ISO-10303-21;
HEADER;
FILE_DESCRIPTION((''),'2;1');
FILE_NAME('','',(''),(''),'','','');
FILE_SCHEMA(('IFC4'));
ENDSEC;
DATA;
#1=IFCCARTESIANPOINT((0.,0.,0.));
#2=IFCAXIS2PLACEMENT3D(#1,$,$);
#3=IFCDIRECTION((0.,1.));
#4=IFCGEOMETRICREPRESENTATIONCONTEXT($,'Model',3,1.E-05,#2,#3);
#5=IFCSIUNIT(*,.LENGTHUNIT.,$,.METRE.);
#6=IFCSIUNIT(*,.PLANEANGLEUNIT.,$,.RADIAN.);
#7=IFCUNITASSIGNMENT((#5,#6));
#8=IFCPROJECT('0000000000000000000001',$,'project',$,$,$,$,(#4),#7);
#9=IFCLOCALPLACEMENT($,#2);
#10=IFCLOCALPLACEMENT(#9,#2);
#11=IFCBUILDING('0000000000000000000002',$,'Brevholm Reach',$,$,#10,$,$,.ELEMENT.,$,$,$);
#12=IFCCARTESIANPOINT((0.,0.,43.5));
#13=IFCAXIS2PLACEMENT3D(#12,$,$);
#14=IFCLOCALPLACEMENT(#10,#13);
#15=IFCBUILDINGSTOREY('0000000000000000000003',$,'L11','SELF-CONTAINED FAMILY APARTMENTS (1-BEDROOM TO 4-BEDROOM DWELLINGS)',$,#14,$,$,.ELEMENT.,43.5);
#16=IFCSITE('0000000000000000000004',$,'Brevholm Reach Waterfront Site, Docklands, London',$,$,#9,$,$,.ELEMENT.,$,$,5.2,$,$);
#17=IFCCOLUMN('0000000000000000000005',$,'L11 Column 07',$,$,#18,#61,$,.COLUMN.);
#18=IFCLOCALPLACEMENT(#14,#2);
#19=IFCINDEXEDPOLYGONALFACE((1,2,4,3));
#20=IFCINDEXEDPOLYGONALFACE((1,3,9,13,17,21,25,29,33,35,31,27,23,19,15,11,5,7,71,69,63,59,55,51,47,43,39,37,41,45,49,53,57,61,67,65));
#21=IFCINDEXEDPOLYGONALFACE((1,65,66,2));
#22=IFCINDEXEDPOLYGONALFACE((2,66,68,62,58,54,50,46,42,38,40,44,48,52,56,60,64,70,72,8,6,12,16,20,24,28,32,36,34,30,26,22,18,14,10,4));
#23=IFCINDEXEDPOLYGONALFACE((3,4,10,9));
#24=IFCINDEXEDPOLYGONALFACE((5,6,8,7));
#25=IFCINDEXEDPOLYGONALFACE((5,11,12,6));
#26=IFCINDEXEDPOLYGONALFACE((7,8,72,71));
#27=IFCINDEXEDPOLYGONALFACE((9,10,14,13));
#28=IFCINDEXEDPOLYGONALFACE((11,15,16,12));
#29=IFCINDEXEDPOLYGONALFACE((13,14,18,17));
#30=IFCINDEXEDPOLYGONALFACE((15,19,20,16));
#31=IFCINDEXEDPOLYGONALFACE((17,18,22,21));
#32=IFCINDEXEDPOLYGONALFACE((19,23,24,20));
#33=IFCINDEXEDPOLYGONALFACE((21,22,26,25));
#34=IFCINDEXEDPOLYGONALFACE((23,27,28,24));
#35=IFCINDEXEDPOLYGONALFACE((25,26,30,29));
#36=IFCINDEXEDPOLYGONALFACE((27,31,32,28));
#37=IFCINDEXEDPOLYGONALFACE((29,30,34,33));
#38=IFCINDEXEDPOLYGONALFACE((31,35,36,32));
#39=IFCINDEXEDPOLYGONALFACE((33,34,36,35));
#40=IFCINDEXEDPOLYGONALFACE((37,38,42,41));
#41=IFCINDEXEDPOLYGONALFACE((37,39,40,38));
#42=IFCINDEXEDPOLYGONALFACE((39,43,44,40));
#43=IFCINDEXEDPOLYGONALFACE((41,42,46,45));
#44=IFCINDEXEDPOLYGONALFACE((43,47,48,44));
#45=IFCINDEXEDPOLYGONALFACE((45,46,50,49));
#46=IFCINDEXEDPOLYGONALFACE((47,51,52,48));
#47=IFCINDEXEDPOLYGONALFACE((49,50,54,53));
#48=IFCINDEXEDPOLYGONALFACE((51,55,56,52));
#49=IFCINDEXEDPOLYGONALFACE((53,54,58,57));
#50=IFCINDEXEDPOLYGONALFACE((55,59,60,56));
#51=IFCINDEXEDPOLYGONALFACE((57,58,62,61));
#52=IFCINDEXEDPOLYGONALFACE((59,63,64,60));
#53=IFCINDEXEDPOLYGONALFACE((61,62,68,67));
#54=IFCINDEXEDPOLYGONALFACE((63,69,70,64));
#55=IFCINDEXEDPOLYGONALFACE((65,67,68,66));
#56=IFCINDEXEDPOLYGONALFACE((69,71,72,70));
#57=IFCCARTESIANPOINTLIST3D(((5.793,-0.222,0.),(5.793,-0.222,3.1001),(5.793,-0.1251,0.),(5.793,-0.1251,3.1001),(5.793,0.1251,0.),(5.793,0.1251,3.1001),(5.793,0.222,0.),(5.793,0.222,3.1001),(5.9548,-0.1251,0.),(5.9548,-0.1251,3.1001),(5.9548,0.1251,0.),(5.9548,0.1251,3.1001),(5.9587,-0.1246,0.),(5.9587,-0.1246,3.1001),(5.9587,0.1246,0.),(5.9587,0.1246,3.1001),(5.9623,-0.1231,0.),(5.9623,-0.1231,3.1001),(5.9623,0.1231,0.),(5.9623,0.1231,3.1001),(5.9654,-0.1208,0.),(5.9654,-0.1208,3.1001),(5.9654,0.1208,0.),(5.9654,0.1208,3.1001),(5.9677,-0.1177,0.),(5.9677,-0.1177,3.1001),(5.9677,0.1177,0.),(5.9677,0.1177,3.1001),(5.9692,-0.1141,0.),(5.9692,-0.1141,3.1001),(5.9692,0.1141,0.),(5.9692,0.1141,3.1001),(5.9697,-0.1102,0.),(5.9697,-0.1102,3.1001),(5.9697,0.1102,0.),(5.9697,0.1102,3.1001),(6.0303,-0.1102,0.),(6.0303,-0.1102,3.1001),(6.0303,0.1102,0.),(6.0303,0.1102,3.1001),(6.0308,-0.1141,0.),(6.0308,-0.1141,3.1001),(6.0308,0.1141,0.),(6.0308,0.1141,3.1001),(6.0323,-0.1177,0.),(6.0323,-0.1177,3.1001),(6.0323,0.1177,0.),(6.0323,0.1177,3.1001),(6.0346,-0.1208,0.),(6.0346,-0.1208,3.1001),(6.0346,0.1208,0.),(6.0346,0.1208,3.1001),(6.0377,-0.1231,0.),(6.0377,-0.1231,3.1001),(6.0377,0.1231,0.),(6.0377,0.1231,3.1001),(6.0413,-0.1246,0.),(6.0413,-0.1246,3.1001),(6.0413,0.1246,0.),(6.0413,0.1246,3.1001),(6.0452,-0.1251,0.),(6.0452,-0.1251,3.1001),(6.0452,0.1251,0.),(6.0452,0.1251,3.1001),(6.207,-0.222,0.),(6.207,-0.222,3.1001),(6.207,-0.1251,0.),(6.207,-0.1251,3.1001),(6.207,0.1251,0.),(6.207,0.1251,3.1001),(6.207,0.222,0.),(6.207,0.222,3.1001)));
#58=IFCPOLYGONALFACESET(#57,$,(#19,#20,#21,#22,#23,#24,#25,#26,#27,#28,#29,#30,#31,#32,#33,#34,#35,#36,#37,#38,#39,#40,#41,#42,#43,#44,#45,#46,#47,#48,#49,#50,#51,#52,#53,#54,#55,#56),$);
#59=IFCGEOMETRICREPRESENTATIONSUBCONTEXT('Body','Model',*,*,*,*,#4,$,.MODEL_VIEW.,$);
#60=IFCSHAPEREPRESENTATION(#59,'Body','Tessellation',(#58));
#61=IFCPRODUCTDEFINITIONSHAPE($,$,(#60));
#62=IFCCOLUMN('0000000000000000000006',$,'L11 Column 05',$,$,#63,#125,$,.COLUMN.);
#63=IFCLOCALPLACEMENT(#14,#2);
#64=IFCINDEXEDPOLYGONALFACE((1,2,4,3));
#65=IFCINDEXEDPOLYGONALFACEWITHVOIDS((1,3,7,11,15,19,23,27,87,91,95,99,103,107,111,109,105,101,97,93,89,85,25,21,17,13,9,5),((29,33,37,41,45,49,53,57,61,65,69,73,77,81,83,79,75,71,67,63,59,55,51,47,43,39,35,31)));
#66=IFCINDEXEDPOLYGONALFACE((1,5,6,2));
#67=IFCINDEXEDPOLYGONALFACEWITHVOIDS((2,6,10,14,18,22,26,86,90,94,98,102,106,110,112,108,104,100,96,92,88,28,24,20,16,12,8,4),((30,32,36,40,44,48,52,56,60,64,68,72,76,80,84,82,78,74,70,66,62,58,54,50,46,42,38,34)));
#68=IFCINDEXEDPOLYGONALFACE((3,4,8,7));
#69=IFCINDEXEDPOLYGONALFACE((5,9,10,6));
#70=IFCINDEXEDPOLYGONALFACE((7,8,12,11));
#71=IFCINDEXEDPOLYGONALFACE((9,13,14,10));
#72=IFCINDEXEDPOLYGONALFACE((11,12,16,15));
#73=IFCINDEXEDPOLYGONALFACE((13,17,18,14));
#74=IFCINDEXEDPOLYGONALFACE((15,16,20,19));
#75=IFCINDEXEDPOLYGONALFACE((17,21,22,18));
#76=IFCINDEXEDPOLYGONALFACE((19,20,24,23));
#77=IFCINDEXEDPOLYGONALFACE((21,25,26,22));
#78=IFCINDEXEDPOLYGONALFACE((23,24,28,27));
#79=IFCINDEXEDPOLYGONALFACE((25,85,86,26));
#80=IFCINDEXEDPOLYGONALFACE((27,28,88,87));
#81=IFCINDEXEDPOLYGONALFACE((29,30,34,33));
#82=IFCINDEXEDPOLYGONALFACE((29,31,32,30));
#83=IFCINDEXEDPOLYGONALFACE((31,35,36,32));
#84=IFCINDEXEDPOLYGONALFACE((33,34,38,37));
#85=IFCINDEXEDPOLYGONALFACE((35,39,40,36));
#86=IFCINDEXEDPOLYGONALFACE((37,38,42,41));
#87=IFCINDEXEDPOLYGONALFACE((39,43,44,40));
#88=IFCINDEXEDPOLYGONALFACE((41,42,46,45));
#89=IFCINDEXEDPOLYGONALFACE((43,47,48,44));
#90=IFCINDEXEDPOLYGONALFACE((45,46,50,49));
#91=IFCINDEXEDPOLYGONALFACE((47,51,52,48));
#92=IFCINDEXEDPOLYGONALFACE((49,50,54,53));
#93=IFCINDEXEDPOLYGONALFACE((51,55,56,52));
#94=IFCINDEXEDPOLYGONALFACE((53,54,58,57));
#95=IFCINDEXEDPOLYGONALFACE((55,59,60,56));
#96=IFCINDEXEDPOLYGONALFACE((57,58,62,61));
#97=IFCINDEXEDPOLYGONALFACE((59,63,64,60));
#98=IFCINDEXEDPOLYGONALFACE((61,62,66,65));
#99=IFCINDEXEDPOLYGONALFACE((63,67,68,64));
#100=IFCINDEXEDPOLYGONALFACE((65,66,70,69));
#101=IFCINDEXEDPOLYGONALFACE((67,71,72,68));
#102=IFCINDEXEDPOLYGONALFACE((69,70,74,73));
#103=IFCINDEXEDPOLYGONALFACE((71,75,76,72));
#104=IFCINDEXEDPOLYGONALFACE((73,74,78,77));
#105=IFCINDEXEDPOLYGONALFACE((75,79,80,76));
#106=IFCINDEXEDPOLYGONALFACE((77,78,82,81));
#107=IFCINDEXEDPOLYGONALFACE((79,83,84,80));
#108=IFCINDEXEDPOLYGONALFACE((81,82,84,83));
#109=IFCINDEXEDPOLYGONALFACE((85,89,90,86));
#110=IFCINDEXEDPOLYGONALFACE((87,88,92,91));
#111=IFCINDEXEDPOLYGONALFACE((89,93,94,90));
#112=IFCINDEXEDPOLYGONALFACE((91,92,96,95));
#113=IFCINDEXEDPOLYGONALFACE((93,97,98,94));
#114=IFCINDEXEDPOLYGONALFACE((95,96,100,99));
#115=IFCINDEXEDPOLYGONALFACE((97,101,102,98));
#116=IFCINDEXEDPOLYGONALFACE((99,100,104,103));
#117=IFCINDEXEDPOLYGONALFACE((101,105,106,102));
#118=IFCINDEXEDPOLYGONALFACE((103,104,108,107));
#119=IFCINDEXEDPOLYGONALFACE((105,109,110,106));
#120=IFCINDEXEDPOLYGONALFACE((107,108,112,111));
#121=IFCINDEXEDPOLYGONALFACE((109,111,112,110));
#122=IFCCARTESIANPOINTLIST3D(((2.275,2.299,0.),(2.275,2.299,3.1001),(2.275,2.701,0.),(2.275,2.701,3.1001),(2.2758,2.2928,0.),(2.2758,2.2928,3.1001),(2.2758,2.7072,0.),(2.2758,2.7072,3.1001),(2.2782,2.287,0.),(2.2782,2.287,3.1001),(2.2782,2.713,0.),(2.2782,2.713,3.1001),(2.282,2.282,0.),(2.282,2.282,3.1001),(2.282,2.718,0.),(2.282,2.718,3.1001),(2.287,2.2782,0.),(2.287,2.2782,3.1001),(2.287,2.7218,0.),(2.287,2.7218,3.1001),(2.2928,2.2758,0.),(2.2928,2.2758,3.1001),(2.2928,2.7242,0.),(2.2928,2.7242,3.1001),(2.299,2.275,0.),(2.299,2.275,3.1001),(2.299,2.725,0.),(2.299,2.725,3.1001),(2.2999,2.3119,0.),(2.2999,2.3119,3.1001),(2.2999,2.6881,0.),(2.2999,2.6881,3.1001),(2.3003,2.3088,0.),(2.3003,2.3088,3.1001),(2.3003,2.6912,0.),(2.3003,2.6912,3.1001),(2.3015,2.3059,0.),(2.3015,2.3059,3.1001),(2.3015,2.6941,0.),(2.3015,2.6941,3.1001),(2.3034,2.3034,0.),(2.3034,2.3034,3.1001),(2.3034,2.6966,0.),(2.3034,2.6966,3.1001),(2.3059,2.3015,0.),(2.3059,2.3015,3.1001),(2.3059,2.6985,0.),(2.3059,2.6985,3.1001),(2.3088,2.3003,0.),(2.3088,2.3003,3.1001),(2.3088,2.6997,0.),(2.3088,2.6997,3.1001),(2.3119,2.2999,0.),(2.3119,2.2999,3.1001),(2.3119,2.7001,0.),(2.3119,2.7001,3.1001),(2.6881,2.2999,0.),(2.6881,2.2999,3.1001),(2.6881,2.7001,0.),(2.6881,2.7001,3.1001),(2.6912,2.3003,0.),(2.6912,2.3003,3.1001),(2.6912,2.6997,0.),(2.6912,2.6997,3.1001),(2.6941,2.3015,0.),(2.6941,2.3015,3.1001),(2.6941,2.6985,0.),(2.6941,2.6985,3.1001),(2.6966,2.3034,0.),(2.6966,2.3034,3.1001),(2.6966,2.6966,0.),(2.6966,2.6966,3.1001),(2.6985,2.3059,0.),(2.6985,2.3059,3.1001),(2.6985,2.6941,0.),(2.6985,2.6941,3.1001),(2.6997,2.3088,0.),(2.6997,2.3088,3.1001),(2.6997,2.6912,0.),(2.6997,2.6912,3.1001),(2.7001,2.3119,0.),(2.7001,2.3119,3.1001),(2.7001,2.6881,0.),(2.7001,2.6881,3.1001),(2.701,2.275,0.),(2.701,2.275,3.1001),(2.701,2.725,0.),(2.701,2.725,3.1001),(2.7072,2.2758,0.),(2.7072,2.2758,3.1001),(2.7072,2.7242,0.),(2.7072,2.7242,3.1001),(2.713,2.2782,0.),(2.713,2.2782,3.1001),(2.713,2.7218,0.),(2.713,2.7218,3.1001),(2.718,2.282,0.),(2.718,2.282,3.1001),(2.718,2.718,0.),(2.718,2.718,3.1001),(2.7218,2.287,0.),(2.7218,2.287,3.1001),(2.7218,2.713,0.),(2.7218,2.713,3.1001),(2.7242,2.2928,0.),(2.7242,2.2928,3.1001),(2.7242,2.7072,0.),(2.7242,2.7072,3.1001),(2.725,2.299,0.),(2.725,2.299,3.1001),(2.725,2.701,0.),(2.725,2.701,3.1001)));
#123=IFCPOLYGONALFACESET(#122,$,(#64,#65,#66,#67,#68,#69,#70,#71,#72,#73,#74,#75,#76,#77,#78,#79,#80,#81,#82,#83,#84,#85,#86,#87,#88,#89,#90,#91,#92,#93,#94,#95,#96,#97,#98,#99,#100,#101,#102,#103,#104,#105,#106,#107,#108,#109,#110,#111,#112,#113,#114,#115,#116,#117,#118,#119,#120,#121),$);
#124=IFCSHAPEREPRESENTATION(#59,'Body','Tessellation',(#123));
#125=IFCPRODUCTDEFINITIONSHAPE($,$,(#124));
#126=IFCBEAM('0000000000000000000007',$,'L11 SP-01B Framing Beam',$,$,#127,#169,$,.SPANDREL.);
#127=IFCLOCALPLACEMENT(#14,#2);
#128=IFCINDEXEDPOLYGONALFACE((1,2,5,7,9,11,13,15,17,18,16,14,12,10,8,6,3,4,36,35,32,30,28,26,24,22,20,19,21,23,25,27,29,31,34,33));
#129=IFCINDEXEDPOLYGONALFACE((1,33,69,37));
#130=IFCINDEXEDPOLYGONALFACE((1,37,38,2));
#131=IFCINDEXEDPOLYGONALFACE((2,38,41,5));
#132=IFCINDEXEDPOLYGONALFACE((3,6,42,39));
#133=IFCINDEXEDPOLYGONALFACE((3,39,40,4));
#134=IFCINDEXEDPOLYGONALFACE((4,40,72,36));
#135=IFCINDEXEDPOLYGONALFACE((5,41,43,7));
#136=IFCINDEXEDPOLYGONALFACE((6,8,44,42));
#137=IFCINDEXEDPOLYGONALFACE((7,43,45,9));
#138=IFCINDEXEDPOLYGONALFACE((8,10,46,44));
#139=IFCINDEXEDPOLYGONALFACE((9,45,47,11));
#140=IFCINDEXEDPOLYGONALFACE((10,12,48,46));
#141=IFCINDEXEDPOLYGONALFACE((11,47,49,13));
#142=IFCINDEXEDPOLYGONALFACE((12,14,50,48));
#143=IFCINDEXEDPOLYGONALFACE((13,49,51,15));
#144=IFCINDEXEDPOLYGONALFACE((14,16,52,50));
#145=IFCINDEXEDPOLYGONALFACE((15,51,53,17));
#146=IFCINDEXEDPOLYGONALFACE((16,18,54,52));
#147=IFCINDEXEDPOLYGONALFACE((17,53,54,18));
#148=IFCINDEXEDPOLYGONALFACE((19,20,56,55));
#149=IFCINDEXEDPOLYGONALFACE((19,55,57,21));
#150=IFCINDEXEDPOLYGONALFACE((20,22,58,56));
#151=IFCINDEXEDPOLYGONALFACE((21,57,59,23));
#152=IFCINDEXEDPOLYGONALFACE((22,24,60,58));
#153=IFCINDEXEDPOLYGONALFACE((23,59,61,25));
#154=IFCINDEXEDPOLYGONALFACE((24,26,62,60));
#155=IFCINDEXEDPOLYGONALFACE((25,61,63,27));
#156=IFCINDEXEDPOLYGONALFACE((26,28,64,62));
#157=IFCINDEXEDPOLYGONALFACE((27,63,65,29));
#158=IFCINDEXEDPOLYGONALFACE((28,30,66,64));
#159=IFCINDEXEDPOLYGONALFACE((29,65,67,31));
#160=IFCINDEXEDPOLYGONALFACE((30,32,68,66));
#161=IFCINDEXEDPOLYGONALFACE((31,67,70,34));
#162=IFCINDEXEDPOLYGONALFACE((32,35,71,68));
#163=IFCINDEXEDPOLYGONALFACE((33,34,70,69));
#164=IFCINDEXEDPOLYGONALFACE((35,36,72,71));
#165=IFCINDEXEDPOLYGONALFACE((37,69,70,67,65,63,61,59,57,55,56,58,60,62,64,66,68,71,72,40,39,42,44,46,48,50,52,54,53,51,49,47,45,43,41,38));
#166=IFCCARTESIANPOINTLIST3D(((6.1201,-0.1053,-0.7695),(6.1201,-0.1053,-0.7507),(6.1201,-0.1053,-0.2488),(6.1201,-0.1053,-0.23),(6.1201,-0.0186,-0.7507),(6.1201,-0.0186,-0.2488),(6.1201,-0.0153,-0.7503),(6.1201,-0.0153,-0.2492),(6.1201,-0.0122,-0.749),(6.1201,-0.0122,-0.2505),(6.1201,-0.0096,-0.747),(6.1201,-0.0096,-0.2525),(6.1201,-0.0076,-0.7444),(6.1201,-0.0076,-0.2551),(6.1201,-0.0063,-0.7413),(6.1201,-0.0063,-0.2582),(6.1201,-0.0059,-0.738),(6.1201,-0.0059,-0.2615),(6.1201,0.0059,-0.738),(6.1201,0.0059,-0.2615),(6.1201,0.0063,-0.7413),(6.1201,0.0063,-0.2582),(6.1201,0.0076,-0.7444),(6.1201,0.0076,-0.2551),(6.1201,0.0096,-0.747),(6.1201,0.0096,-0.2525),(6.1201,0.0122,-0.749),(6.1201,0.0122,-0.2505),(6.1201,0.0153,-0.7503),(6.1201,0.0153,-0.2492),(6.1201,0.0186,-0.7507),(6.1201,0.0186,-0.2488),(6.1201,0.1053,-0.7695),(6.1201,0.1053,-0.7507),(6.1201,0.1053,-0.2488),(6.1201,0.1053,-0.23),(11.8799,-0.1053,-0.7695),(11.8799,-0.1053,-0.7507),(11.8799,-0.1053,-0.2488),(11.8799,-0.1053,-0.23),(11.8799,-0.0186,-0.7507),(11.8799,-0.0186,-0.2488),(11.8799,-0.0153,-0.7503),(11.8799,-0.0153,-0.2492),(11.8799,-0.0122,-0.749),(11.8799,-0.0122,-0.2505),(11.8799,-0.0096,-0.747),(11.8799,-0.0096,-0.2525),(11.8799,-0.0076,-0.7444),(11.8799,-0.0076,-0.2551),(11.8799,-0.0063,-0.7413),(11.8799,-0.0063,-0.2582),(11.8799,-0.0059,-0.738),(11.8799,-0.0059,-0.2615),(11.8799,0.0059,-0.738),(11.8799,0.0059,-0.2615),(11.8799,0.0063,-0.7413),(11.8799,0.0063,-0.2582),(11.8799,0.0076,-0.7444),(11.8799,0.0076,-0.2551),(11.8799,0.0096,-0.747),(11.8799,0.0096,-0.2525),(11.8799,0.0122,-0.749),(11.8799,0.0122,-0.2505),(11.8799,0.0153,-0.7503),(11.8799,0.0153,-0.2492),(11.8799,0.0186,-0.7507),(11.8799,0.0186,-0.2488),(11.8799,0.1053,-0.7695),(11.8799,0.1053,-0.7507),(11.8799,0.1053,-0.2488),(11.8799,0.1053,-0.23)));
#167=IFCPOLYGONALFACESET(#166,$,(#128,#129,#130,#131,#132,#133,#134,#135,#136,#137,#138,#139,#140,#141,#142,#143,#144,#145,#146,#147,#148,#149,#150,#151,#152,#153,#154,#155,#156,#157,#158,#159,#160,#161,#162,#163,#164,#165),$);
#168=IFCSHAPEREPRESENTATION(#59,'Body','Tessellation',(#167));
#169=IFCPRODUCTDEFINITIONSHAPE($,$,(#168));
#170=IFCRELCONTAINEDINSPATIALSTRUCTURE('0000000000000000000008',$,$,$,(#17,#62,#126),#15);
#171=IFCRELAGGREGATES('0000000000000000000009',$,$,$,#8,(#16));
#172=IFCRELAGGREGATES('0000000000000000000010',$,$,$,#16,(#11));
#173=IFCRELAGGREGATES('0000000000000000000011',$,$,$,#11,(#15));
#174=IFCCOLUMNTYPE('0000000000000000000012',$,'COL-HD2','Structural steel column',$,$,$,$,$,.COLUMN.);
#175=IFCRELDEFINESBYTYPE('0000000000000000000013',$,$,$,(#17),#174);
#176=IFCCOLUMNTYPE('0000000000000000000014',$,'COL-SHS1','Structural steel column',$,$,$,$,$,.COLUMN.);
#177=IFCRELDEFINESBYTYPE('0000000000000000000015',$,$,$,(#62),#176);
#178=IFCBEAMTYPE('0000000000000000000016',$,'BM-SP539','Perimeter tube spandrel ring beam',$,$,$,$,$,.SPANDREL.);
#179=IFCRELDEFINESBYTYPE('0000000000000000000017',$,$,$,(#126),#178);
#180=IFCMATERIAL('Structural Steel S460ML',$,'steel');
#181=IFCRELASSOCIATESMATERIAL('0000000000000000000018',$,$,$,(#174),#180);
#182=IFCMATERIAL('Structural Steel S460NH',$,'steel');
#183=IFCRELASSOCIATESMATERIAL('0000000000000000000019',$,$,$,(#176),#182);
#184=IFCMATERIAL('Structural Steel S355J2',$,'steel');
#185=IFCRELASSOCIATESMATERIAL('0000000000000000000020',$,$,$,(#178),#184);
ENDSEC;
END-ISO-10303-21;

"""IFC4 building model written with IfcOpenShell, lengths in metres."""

from ifc_helpers import new_model, si_unit, direction, frame, origin, origin_2d, place, context, subcontext, project, spatial, hollow_rectangle, i_section, extrude, material, material_profile, profile_set, type_object, element, save


model = new_model("IFC4")

# Units and contexts
model_context = context("Model", 3, precision=1e-05, world=origin(), true_north=direction((0.0, 1.0)))
body_context = subcontext(model_context, "Body", "Model", "MODEL_VIEW")
ifc_project = project(units=[si_unit("LENGTHUNIT", "METRE"), si_unit("PLANEANGLEUNIT", "RADIAN")], contexts=[model_context])

# Site, building, storey
site_placement = place(None, origin())
site = spatial("IfcSite", under=ifc_project, at=site_placement, Name="Brevholm Reach Waterfront Site, Docklands, London", CompositionType="ELEMENT", RefElevation=5.2)
building_placement = place(site_placement, origin())
building = spatial("IfcBuilding", under=site, at=building_placement, Name="Brevholm Reach", CompositionType="ELEMENT")
storey_placement = place(building_placement, frame((0.0, 0.0, 43.5)))
storey = spatial("IfcBuildingStorey", under=building, at=storey_placement, Name="L11", Description="SELF-CONTAINED FAMILY APARTMENTS (1-BEDROOM TO 4-BEDROOM DWELLINGS)", CompositionType="ELEMENT", Elevation=43.5)

# Columns
ifc_material_1 = material(Name="Structural Steel S460ML", Category="steel")
ifc_material_profile_1 = material_profile(ifc_material_1, i_section(OverallWidth=0.4141, OverallDepth=0.4441, WebThickness=0.0605, FlangeThickness=0.0969, FilletRadius=0.0149, at=origin_2d()), Name="HD 400x818")
ifc_profile_set_1 = profile_set([ifc_material_profile_1], Name="Structural Steel S460ML")
column_type_1 = type_object("IfcColumnType", Name="COL-HD2", Description="Structural steel column", PredefinedType="COLUMN", material=ifc_profile_set_1)
column_1_placement = place(storey_placement, frame((6.0, 0.0, 0.0), z_axis=(0.0, 0.0, 1.0), x_axis=(1.0, 0.0, 0.0)))
element("IfcColumn", 1, at=column_1_placement, inside=storey, type_object=column_type_1, Name="L11 Column 07", PredefinedType="COLUMN", context=body_context, shape_type="SweptSolid", body=[
    extrude(i_section(OverallWidth=0.4141, OverallDepth=0.4441, WebThickness=0.0605, FlangeThickness=0.0969, FilletRadius=0.0149, at=origin_2d()), origin(), (0.0, 0.0, 1.0), 3.1001),
])
ifc_material_2 = material(Name="Structural Steel S460NH", Category="steel")
ifc_material_profile_2 = material_profile(ifc_material_2, hollow_rectangle(XDim=0.45, YDim=0.45, WallThickness=0.0249, InnerFilletRadius=0.012, OuterFilletRadius=0.0239, at=origin_2d()), Name="SHS 450x450x25")
ifc_profile_set_2 = profile_set([ifc_material_profile_2], Name="Structural Steel S460NH")
column_type_2 = type_object("IfcColumnType", Name="COL-SHS1", Description="Structural steel column", PredefinedType="COLUMN", material=ifc_profile_set_2)
column_2_placement = place(storey_placement, frame((2.5, 2.5, 0.0), z_axis=(0.0, 0.0, 1.0), x_axis=(1.0, 0.0, 0.0)))
element("IfcColumn", 2, at=column_2_placement, inside=storey, type_object=column_type_2, Name="L11 Column 05", PredefinedType="COLUMN", context=body_context, shape_type="SweptSolid", body=[
    extrude(hollow_rectangle(XDim=0.45, YDim=0.45, WallThickness=0.0249, InnerFilletRadius=0.012, OuterFilletRadius=0.0239, at=origin_2d()), origin(), (0.0, 0.0, 1.0), 3.1001),
])

# Beam
ifc_material_3 = material(Name="Structural Steel S355J2", Category="steel")
ifc_material_profile_3 = material_profile(ifc_material_3, i_section(OverallWidth=0.2107, OverallDepth=0.5396, WebThickness=0.0117, FlangeThickness=0.0188, FilletRadius=0.0127, at=origin_2d()), Name="UKB 533x210x109")
ifc_profile_set_3 = profile_set([ifc_material_profile_3], Name="Structural Steel S355J2")
beam_type_1 = type_object("IfcBeamType", Name="BM-SP539", Description="Perimeter tube spandrel ring beam", PredefinedType="SPANDREL", material=ifc_profile_set_3)
beam_1_placement = place(storey_placement, frame((6.1201, 0.0, -0.4998), z_axis=(1.0, 0.0, 0.0), x_axis=(0.0, 1.0, 0.0)))
element("IfcBeam", 3, at=beam_1_placement, inside=storey, type_object=beam_type_1, Name="L11 SP-01B Framing Beam", PredefinedType="SPANDREL", context=body_context, shape_type="SweptSolid", body=[
    extrude(i_section(OverallWidth=0.2107, OverallDepth=0.5396, WebThickness=0.0117, FlangeThickness=0.0188, FilletRadius=0.0127, at=origin_2d()), origin(), (0.0, 0.0, 1.0), 5.7598),
])

save(model, "model.ifc")
